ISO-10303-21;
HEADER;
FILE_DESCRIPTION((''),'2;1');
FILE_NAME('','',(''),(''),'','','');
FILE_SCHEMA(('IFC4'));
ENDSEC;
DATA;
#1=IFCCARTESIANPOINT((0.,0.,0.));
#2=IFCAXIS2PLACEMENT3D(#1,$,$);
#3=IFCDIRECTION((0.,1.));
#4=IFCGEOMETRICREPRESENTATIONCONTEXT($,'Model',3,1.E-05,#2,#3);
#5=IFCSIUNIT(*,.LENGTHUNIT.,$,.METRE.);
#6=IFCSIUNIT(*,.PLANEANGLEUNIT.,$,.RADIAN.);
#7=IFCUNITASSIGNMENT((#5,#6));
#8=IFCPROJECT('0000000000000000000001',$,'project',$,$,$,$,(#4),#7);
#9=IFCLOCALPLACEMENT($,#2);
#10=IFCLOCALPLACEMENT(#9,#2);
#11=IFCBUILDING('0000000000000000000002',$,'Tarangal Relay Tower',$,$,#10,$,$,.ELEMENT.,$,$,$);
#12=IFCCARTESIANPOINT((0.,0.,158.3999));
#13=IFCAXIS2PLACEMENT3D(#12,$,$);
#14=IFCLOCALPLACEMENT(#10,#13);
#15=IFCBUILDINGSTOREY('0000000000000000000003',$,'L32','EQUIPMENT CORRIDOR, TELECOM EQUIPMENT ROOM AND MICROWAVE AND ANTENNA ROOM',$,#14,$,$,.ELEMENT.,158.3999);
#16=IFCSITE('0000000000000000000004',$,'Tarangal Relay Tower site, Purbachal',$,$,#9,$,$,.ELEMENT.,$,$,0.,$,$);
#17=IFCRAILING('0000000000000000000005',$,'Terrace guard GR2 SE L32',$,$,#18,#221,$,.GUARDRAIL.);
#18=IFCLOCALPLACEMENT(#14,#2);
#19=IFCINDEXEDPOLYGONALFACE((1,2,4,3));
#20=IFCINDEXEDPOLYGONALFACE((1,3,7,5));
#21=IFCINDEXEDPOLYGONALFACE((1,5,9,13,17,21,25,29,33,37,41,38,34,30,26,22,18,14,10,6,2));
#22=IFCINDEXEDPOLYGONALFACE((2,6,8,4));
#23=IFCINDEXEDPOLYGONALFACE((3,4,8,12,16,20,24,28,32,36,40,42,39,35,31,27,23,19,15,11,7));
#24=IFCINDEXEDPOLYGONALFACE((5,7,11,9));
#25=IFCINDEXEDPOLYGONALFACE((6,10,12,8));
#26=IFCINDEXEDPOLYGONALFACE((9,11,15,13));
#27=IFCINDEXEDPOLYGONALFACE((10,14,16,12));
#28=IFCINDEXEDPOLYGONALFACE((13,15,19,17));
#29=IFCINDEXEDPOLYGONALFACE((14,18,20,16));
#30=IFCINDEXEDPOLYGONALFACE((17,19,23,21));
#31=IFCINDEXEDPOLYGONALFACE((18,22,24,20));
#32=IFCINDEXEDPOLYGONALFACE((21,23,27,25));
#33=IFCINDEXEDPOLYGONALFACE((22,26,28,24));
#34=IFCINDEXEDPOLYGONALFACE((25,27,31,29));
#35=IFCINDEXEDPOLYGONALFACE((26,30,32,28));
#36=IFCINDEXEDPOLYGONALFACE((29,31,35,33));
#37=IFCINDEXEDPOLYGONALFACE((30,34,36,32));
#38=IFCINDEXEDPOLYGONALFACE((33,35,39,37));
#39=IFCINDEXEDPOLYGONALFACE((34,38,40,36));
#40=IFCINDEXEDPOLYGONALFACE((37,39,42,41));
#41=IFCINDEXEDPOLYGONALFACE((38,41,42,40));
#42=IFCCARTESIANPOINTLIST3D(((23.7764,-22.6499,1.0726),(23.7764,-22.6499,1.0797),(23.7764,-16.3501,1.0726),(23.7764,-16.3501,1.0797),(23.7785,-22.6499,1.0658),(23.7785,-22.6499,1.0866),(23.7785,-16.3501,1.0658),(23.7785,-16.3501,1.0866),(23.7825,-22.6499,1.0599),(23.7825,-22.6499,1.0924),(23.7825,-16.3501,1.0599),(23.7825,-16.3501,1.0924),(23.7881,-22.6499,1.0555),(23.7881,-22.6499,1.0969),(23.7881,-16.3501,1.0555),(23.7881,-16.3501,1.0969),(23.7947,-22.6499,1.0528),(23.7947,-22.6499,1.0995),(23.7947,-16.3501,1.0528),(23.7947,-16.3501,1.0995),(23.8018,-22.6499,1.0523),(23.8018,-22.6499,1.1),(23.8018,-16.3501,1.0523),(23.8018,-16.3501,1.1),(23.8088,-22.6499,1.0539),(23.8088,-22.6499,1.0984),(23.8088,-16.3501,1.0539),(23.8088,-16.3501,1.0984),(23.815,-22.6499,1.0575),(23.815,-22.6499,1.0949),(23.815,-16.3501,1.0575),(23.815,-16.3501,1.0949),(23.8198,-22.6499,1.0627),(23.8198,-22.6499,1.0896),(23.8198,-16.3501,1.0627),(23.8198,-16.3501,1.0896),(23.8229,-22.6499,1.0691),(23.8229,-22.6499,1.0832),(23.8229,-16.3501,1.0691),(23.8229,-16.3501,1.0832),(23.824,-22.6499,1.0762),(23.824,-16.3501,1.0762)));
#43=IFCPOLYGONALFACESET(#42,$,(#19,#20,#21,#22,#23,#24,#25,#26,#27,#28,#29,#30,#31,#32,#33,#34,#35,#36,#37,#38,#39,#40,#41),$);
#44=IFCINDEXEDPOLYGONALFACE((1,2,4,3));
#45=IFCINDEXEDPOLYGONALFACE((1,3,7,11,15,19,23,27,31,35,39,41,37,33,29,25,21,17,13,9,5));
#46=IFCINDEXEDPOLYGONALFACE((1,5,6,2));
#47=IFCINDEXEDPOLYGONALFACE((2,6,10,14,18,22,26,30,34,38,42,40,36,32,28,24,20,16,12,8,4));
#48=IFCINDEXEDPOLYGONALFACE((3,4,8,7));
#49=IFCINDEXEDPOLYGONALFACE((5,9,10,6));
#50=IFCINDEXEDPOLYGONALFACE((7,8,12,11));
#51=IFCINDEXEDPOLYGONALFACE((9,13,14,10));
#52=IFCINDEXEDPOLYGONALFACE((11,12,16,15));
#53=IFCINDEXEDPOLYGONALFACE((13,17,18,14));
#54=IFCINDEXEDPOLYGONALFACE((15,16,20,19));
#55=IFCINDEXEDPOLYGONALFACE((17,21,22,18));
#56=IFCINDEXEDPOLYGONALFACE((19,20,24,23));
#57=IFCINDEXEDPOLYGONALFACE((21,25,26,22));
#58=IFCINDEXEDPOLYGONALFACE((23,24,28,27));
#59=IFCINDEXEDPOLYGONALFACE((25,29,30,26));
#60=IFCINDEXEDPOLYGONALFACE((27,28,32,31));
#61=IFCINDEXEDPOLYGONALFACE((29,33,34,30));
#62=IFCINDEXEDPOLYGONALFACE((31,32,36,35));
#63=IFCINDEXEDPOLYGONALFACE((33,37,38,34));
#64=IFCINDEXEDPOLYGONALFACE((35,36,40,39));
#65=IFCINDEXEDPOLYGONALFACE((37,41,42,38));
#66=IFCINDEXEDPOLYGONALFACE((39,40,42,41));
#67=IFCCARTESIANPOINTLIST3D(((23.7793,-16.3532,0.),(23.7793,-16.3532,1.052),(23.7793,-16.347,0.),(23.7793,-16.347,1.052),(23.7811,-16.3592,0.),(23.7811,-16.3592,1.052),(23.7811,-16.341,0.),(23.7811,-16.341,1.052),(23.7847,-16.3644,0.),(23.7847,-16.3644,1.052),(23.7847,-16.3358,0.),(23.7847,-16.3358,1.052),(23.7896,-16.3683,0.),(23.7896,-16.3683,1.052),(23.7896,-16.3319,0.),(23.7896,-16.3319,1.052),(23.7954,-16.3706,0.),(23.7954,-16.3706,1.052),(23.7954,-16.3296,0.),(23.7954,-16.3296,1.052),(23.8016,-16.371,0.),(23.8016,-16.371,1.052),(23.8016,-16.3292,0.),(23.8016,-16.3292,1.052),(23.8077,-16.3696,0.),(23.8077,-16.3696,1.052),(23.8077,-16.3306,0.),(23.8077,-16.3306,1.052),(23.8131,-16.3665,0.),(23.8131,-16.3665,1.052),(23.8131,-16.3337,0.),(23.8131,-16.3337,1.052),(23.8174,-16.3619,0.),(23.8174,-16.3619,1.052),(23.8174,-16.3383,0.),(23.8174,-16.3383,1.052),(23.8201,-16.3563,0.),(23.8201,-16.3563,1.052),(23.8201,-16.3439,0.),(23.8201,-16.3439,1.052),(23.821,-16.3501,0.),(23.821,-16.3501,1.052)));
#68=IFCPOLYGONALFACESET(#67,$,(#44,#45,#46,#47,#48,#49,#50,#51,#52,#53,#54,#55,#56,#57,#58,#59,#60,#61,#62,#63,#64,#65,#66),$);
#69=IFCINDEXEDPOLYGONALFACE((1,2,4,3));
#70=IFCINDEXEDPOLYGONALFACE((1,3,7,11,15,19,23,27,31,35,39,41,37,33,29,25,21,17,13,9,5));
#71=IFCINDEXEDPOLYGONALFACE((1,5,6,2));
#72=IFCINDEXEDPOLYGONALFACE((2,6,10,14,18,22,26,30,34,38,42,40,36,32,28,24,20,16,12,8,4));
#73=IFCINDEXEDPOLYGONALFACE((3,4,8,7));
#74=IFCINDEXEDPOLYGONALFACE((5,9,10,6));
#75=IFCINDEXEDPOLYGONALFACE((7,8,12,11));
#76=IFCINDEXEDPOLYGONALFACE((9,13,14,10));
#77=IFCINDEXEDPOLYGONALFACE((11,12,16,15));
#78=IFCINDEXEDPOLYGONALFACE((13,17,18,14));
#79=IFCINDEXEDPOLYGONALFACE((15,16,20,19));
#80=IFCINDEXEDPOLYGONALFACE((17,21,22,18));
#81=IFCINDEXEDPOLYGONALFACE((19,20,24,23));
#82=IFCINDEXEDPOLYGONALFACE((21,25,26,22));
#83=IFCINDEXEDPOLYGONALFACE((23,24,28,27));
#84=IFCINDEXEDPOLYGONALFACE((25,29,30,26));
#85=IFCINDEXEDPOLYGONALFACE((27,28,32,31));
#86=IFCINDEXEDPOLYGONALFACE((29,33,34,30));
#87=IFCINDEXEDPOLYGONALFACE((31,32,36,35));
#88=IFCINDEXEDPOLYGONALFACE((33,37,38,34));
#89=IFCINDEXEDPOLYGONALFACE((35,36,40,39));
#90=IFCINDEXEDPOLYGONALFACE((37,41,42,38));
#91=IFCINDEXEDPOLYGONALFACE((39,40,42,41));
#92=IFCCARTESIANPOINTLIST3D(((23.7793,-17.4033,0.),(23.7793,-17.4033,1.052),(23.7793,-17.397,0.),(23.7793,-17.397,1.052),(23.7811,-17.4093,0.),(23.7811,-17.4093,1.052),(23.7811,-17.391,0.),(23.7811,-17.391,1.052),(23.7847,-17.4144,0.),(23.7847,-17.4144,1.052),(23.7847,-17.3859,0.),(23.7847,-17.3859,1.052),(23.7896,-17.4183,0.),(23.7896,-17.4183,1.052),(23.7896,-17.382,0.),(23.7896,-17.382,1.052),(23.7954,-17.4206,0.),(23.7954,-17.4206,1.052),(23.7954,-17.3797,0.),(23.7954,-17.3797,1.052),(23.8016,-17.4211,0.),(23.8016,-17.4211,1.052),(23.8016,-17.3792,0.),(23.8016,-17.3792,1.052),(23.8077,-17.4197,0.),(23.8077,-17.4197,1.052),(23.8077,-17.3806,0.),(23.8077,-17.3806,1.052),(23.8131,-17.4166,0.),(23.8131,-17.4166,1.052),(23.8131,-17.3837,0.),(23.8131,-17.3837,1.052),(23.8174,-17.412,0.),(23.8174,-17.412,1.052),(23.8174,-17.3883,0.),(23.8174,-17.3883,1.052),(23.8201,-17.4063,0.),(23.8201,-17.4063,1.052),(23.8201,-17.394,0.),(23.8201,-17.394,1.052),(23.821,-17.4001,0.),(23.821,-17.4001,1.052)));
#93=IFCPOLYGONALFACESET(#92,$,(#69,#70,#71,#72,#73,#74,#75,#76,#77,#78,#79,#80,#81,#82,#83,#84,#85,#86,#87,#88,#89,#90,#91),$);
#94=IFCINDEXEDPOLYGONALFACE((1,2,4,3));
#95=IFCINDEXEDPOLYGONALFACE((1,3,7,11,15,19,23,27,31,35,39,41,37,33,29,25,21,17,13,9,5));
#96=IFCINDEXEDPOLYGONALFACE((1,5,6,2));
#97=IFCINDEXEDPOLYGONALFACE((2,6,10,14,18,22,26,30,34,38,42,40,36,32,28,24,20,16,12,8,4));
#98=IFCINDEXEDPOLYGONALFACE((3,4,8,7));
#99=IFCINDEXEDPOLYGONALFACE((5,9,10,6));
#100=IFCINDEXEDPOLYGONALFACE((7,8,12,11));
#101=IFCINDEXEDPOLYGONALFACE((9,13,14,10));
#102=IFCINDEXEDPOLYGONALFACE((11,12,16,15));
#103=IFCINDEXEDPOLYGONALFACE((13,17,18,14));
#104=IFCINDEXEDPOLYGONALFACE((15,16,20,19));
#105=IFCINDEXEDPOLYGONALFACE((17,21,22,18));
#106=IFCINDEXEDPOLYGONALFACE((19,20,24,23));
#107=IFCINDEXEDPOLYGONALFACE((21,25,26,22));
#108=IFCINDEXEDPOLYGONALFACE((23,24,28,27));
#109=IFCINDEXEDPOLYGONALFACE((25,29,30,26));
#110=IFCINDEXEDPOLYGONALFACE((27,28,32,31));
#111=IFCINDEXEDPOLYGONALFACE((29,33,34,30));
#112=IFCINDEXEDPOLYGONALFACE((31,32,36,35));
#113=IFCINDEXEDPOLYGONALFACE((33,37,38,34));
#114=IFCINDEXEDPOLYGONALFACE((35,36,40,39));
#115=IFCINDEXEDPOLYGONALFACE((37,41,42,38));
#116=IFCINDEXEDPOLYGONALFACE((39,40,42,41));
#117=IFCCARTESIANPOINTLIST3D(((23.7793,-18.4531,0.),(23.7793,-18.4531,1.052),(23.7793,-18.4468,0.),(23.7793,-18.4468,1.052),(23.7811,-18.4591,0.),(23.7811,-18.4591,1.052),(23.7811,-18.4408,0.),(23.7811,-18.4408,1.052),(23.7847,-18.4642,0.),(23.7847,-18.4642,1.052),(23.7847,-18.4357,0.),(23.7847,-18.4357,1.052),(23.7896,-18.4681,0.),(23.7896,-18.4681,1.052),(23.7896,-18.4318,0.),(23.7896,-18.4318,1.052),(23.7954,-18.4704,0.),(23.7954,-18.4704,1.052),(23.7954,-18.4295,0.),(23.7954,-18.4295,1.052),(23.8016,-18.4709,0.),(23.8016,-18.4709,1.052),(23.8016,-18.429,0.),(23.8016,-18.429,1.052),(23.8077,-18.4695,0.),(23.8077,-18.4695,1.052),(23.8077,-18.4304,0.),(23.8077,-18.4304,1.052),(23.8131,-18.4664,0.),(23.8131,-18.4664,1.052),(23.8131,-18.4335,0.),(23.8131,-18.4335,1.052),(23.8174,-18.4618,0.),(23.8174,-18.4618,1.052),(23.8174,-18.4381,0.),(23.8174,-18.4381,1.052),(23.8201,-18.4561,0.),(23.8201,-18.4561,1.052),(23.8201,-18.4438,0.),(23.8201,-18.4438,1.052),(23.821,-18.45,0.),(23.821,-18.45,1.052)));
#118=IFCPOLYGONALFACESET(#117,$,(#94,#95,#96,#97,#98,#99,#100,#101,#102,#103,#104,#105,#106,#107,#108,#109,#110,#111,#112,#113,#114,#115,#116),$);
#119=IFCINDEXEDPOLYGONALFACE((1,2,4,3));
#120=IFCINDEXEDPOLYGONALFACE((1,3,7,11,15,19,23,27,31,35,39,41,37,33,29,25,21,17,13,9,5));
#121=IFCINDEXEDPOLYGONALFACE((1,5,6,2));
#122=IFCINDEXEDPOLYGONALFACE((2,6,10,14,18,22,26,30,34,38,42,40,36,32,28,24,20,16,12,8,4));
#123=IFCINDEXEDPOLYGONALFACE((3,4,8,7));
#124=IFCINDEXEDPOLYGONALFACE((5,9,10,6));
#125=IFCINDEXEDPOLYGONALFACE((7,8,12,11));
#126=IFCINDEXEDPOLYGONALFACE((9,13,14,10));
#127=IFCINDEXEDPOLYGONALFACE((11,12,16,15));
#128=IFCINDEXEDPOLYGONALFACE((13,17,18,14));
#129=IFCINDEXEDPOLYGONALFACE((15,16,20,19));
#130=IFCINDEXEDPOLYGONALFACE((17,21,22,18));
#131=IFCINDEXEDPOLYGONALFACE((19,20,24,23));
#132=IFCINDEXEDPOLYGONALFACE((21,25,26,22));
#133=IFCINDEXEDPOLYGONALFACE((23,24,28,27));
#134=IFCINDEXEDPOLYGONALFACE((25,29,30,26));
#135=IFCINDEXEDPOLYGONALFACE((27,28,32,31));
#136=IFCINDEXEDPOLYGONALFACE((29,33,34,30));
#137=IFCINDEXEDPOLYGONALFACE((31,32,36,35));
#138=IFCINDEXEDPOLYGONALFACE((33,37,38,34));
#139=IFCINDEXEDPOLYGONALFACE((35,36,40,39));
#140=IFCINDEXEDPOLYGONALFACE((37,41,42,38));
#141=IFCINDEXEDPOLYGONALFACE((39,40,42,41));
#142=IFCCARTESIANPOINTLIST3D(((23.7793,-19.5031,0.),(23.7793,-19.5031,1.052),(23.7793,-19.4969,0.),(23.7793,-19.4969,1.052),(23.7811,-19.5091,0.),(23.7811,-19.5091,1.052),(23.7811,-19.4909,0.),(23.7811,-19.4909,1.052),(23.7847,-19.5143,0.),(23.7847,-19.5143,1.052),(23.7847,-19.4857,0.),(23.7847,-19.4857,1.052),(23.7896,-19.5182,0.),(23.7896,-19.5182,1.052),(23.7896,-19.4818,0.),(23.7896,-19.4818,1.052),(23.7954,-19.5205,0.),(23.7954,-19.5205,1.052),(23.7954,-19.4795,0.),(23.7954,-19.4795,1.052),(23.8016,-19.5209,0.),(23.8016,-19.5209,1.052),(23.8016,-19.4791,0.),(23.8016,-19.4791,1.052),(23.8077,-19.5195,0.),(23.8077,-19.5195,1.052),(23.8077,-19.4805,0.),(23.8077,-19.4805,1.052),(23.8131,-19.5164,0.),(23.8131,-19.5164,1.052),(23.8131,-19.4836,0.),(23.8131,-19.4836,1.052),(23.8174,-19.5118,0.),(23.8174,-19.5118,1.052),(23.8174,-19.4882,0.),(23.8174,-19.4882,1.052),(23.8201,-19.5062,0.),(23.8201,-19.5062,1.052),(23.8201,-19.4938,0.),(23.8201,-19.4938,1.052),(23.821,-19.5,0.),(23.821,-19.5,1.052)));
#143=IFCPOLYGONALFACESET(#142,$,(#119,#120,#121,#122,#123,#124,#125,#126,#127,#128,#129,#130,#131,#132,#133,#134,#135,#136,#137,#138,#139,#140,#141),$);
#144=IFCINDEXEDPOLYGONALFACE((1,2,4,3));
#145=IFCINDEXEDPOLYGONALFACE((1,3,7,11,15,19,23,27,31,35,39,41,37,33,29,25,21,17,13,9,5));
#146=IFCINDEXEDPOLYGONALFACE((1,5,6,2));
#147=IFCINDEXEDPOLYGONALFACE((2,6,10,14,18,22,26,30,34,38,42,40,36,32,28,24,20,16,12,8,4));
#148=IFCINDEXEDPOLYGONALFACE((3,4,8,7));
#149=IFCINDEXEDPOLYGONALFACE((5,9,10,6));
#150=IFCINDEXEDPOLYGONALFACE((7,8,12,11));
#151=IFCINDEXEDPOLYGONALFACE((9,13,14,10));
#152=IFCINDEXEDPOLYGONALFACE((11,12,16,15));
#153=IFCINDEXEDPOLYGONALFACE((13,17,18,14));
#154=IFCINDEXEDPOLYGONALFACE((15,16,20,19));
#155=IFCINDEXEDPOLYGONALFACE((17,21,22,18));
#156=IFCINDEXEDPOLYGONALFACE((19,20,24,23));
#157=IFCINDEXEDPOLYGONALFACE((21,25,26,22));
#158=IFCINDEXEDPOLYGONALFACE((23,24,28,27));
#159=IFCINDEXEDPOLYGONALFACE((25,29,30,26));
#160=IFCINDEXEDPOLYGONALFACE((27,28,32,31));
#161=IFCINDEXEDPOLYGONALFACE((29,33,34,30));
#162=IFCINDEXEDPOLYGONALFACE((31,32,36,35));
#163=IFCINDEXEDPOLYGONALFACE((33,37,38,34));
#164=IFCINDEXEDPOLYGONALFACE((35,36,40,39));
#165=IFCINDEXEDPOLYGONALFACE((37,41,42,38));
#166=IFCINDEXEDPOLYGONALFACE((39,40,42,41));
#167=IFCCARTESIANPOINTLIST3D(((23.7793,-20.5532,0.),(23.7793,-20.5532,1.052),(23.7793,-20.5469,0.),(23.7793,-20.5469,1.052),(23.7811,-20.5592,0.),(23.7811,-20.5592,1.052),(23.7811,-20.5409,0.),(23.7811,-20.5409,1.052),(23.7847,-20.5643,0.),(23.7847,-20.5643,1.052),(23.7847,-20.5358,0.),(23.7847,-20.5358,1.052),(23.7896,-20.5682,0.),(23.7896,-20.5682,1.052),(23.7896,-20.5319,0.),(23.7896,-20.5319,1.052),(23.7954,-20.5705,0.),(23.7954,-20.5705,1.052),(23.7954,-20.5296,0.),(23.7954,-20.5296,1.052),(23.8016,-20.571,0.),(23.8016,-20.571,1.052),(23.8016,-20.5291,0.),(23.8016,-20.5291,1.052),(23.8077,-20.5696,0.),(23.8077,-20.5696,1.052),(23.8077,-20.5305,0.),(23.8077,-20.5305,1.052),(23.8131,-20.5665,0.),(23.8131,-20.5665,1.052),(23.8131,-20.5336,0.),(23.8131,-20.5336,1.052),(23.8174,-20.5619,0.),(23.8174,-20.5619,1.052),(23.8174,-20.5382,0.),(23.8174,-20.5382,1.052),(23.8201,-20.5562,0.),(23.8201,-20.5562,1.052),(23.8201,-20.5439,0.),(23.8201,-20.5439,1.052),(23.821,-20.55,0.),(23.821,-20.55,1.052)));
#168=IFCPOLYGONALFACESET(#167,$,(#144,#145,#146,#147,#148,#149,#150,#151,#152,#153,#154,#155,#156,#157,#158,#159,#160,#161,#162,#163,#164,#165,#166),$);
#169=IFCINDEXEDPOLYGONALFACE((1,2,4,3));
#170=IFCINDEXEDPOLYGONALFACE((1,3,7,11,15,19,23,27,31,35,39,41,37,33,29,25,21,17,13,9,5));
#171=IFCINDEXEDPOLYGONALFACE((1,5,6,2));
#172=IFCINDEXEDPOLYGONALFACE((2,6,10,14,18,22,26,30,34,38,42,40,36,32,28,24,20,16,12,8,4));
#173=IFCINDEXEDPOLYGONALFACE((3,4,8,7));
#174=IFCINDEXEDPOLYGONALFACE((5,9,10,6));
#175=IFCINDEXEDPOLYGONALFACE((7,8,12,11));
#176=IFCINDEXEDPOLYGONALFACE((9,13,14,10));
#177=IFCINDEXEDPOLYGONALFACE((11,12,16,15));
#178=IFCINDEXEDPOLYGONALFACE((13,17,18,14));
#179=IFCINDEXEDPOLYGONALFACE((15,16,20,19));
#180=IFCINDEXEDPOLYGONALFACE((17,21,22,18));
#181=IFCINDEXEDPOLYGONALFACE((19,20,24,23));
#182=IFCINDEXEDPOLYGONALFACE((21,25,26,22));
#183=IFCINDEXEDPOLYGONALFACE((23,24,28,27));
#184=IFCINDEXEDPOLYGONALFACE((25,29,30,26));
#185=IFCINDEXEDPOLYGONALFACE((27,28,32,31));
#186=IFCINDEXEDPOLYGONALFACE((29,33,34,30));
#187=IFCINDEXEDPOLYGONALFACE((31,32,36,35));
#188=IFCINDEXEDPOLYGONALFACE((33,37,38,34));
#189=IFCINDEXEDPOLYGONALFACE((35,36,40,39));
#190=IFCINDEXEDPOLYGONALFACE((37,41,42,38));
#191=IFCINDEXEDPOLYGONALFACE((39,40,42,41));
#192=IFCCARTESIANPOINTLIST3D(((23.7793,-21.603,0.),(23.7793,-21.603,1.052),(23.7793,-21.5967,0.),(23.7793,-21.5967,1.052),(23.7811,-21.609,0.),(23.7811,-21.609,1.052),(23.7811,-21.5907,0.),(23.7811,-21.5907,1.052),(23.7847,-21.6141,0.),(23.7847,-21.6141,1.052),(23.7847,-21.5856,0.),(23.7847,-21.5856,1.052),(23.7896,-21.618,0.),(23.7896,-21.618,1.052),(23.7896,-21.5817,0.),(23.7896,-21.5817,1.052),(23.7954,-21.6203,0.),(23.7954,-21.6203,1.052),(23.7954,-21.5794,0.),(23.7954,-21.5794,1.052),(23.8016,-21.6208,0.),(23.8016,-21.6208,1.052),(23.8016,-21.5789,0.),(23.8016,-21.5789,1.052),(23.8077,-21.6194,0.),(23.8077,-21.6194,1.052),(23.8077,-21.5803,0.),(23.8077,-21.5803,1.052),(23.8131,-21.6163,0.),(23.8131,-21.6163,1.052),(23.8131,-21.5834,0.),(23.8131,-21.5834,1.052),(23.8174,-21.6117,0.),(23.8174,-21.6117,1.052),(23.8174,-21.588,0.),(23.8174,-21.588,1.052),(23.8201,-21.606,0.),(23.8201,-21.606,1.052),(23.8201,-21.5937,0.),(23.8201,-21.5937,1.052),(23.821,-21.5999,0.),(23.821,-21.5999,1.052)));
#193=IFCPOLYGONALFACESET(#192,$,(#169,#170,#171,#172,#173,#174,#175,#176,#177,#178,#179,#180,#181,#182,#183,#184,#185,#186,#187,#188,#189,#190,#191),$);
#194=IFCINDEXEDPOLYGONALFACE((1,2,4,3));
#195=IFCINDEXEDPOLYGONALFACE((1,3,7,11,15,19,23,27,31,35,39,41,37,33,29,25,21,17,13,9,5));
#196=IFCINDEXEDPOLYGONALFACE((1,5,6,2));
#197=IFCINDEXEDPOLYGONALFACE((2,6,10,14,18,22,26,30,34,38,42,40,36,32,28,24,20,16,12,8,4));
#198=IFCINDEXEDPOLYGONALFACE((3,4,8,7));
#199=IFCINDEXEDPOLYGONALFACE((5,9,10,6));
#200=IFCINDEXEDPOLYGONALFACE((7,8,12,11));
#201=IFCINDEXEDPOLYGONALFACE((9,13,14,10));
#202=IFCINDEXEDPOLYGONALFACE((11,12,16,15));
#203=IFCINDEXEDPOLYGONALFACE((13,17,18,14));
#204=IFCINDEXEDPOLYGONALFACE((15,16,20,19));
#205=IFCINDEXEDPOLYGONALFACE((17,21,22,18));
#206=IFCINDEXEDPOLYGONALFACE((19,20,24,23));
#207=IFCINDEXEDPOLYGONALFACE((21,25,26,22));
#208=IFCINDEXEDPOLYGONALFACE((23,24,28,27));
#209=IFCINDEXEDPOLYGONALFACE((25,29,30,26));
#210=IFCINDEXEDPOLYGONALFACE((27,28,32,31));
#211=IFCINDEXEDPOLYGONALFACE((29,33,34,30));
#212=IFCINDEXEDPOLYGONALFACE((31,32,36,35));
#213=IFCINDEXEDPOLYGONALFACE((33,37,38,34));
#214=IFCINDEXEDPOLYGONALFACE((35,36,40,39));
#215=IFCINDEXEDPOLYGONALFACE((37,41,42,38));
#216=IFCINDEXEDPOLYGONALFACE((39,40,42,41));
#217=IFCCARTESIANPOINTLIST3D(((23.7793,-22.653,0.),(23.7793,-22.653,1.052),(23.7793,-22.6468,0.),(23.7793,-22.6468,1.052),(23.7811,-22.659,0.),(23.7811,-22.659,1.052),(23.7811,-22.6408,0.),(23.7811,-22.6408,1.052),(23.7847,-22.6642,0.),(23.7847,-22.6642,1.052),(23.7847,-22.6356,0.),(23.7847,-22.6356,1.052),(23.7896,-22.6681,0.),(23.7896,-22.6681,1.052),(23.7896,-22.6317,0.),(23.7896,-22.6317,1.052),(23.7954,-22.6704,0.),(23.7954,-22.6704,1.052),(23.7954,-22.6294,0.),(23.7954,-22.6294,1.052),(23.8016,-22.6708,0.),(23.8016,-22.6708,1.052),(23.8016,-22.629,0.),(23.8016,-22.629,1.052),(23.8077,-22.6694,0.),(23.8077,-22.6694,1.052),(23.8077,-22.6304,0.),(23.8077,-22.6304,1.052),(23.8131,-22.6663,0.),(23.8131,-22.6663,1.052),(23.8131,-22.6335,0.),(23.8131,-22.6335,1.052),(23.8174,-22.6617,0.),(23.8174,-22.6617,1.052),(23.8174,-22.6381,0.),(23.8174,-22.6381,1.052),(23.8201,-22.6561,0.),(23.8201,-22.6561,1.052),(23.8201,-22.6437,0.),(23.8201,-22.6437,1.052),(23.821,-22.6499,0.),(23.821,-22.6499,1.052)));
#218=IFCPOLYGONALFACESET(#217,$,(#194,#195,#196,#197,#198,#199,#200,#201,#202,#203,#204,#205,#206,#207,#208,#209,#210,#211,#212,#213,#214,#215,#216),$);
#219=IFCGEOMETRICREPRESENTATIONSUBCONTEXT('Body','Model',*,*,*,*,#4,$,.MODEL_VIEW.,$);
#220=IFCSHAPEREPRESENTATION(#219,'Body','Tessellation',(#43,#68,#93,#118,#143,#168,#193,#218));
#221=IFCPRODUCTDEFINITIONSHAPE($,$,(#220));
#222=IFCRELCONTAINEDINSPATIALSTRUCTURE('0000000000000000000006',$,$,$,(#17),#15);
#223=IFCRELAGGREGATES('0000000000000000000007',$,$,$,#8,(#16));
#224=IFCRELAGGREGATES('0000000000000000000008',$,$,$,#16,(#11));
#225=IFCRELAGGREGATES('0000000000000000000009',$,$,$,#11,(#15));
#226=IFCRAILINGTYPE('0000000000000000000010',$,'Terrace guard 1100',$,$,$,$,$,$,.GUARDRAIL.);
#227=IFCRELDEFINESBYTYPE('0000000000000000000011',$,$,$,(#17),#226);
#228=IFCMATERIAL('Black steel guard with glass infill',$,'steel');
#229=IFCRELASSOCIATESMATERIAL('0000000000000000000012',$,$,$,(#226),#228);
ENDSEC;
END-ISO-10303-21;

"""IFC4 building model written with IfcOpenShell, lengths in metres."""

from ifc_helpers import new_model, si_unit, direction, frame, origin, origin_2d, place, context, subcontext, project, spatial, circle, extrude, material, type_object, element, save


model = new_model("IFC4")

# Units and contexts
model_context = context("Model", 3, precision=1e-05, world=origin(), true_north=direction((0.0, 1.0)))
body_context = subcontext(model_context, "Body", "Model", "MODEL_VIEW")
ifc_project = project(units=[si_unit("LENGTHUNIT", "METRE"), si_unit("PLANEANGLEUNIT", "RADIAN")], contexts=[model_context])

# Site, building, storey
site_placement = place(None, origin())
site = spatial("IfcSite", under=ifc_project, at=site_placement, Name="Tarangal Relay Tower site, Purbachal", CompositionType="ELEMENT", RefElevation=0.0)
building_placement = place(site_placement, origin())
building = spatial("IfcBuilding", under=site, at=building_placement, Name="Tarangal Relay Tower", CompositionType="ELEMENT")
storey_placement = place(building_placement, frame((0.0, 0.0, 158.3999)))
storey = spatial("IfcBuildingStorey", under=building, at=storey_placement, Name="L32", Description="EQUIPMENT CORRIDOR, TELECOM EQUIPMENT ROOM AND MICROWAVE AND ANTENNA ROOM", CompositionType="ELEMENT", Elevation=158.3999)

# Railing
ifc_material_1 = material(Name="Black steel guard with glass infill", Category="steel")
railing_type = type_object("IfcRailingType", Name="Terrace guard 1100", PredefinedType="GUARDRAIL", material=ifc_material_1)
railing_1_placement = place(storey_placement, frame((23.8, -16.3501, 0.0)))
element("IfcRailing", 1, at=railing_1_placement, inside=storey, type_object=railing_type, Name="Terrace guard GR2 SE L32", PredefinedType="GUARDRAIL", context=body_context, shape_type="SweptSolid", body=[
    extrude(circle(Radius=0.0239, at=origin_2d()), frame((0.0, 0.0, 1.0762), z_axis=(0.0, -1.0, 0.0), x_axis=(1.0, 0.0, 0.0)), (0.0, 0.0, 1.0), 6.2998),
    extrude(circle(Radius=0.021, at=origin_2d()), origin(), (0.0, 0.0, 1.0), 1.052),
    extrude(circle(Radius=0.021, at=origin_2d()), frame((0.0, -1.05, 0.0)), (0.0, 0.0, 1.0), 1.052),
    extrude(circle(Radius=0.021, at=origin_2d()), frame((0.0, -2.0999, 0.0)), (0.0, 0.0, 1.0), 1.052),
    extrude(circle(Radius=0.021, at=origin_2d()), frame((0.0, -3.1499, 0.0)), (0.0, 0.0, 1.0), 1.052),
    extrude(circle(Radius=0.021, at=origin_2d()), frame((0.0, -4.2, 0.0)), (0.0, 0.0, 1.0), 1.052),
    extrude(circle(Radius=0.021, at=origin_2d()), frame((0.0, -5.2498, 0.0)), (0.0, 0.0, 1.0), 1.052),
    extrude(circle(Radius=0.021, at=origin_2d()), frame((0.0, -6.2998, 0.0)), (0.0, 0.0, 1.0), 1.052),
])

save(model, "model.ifc")
